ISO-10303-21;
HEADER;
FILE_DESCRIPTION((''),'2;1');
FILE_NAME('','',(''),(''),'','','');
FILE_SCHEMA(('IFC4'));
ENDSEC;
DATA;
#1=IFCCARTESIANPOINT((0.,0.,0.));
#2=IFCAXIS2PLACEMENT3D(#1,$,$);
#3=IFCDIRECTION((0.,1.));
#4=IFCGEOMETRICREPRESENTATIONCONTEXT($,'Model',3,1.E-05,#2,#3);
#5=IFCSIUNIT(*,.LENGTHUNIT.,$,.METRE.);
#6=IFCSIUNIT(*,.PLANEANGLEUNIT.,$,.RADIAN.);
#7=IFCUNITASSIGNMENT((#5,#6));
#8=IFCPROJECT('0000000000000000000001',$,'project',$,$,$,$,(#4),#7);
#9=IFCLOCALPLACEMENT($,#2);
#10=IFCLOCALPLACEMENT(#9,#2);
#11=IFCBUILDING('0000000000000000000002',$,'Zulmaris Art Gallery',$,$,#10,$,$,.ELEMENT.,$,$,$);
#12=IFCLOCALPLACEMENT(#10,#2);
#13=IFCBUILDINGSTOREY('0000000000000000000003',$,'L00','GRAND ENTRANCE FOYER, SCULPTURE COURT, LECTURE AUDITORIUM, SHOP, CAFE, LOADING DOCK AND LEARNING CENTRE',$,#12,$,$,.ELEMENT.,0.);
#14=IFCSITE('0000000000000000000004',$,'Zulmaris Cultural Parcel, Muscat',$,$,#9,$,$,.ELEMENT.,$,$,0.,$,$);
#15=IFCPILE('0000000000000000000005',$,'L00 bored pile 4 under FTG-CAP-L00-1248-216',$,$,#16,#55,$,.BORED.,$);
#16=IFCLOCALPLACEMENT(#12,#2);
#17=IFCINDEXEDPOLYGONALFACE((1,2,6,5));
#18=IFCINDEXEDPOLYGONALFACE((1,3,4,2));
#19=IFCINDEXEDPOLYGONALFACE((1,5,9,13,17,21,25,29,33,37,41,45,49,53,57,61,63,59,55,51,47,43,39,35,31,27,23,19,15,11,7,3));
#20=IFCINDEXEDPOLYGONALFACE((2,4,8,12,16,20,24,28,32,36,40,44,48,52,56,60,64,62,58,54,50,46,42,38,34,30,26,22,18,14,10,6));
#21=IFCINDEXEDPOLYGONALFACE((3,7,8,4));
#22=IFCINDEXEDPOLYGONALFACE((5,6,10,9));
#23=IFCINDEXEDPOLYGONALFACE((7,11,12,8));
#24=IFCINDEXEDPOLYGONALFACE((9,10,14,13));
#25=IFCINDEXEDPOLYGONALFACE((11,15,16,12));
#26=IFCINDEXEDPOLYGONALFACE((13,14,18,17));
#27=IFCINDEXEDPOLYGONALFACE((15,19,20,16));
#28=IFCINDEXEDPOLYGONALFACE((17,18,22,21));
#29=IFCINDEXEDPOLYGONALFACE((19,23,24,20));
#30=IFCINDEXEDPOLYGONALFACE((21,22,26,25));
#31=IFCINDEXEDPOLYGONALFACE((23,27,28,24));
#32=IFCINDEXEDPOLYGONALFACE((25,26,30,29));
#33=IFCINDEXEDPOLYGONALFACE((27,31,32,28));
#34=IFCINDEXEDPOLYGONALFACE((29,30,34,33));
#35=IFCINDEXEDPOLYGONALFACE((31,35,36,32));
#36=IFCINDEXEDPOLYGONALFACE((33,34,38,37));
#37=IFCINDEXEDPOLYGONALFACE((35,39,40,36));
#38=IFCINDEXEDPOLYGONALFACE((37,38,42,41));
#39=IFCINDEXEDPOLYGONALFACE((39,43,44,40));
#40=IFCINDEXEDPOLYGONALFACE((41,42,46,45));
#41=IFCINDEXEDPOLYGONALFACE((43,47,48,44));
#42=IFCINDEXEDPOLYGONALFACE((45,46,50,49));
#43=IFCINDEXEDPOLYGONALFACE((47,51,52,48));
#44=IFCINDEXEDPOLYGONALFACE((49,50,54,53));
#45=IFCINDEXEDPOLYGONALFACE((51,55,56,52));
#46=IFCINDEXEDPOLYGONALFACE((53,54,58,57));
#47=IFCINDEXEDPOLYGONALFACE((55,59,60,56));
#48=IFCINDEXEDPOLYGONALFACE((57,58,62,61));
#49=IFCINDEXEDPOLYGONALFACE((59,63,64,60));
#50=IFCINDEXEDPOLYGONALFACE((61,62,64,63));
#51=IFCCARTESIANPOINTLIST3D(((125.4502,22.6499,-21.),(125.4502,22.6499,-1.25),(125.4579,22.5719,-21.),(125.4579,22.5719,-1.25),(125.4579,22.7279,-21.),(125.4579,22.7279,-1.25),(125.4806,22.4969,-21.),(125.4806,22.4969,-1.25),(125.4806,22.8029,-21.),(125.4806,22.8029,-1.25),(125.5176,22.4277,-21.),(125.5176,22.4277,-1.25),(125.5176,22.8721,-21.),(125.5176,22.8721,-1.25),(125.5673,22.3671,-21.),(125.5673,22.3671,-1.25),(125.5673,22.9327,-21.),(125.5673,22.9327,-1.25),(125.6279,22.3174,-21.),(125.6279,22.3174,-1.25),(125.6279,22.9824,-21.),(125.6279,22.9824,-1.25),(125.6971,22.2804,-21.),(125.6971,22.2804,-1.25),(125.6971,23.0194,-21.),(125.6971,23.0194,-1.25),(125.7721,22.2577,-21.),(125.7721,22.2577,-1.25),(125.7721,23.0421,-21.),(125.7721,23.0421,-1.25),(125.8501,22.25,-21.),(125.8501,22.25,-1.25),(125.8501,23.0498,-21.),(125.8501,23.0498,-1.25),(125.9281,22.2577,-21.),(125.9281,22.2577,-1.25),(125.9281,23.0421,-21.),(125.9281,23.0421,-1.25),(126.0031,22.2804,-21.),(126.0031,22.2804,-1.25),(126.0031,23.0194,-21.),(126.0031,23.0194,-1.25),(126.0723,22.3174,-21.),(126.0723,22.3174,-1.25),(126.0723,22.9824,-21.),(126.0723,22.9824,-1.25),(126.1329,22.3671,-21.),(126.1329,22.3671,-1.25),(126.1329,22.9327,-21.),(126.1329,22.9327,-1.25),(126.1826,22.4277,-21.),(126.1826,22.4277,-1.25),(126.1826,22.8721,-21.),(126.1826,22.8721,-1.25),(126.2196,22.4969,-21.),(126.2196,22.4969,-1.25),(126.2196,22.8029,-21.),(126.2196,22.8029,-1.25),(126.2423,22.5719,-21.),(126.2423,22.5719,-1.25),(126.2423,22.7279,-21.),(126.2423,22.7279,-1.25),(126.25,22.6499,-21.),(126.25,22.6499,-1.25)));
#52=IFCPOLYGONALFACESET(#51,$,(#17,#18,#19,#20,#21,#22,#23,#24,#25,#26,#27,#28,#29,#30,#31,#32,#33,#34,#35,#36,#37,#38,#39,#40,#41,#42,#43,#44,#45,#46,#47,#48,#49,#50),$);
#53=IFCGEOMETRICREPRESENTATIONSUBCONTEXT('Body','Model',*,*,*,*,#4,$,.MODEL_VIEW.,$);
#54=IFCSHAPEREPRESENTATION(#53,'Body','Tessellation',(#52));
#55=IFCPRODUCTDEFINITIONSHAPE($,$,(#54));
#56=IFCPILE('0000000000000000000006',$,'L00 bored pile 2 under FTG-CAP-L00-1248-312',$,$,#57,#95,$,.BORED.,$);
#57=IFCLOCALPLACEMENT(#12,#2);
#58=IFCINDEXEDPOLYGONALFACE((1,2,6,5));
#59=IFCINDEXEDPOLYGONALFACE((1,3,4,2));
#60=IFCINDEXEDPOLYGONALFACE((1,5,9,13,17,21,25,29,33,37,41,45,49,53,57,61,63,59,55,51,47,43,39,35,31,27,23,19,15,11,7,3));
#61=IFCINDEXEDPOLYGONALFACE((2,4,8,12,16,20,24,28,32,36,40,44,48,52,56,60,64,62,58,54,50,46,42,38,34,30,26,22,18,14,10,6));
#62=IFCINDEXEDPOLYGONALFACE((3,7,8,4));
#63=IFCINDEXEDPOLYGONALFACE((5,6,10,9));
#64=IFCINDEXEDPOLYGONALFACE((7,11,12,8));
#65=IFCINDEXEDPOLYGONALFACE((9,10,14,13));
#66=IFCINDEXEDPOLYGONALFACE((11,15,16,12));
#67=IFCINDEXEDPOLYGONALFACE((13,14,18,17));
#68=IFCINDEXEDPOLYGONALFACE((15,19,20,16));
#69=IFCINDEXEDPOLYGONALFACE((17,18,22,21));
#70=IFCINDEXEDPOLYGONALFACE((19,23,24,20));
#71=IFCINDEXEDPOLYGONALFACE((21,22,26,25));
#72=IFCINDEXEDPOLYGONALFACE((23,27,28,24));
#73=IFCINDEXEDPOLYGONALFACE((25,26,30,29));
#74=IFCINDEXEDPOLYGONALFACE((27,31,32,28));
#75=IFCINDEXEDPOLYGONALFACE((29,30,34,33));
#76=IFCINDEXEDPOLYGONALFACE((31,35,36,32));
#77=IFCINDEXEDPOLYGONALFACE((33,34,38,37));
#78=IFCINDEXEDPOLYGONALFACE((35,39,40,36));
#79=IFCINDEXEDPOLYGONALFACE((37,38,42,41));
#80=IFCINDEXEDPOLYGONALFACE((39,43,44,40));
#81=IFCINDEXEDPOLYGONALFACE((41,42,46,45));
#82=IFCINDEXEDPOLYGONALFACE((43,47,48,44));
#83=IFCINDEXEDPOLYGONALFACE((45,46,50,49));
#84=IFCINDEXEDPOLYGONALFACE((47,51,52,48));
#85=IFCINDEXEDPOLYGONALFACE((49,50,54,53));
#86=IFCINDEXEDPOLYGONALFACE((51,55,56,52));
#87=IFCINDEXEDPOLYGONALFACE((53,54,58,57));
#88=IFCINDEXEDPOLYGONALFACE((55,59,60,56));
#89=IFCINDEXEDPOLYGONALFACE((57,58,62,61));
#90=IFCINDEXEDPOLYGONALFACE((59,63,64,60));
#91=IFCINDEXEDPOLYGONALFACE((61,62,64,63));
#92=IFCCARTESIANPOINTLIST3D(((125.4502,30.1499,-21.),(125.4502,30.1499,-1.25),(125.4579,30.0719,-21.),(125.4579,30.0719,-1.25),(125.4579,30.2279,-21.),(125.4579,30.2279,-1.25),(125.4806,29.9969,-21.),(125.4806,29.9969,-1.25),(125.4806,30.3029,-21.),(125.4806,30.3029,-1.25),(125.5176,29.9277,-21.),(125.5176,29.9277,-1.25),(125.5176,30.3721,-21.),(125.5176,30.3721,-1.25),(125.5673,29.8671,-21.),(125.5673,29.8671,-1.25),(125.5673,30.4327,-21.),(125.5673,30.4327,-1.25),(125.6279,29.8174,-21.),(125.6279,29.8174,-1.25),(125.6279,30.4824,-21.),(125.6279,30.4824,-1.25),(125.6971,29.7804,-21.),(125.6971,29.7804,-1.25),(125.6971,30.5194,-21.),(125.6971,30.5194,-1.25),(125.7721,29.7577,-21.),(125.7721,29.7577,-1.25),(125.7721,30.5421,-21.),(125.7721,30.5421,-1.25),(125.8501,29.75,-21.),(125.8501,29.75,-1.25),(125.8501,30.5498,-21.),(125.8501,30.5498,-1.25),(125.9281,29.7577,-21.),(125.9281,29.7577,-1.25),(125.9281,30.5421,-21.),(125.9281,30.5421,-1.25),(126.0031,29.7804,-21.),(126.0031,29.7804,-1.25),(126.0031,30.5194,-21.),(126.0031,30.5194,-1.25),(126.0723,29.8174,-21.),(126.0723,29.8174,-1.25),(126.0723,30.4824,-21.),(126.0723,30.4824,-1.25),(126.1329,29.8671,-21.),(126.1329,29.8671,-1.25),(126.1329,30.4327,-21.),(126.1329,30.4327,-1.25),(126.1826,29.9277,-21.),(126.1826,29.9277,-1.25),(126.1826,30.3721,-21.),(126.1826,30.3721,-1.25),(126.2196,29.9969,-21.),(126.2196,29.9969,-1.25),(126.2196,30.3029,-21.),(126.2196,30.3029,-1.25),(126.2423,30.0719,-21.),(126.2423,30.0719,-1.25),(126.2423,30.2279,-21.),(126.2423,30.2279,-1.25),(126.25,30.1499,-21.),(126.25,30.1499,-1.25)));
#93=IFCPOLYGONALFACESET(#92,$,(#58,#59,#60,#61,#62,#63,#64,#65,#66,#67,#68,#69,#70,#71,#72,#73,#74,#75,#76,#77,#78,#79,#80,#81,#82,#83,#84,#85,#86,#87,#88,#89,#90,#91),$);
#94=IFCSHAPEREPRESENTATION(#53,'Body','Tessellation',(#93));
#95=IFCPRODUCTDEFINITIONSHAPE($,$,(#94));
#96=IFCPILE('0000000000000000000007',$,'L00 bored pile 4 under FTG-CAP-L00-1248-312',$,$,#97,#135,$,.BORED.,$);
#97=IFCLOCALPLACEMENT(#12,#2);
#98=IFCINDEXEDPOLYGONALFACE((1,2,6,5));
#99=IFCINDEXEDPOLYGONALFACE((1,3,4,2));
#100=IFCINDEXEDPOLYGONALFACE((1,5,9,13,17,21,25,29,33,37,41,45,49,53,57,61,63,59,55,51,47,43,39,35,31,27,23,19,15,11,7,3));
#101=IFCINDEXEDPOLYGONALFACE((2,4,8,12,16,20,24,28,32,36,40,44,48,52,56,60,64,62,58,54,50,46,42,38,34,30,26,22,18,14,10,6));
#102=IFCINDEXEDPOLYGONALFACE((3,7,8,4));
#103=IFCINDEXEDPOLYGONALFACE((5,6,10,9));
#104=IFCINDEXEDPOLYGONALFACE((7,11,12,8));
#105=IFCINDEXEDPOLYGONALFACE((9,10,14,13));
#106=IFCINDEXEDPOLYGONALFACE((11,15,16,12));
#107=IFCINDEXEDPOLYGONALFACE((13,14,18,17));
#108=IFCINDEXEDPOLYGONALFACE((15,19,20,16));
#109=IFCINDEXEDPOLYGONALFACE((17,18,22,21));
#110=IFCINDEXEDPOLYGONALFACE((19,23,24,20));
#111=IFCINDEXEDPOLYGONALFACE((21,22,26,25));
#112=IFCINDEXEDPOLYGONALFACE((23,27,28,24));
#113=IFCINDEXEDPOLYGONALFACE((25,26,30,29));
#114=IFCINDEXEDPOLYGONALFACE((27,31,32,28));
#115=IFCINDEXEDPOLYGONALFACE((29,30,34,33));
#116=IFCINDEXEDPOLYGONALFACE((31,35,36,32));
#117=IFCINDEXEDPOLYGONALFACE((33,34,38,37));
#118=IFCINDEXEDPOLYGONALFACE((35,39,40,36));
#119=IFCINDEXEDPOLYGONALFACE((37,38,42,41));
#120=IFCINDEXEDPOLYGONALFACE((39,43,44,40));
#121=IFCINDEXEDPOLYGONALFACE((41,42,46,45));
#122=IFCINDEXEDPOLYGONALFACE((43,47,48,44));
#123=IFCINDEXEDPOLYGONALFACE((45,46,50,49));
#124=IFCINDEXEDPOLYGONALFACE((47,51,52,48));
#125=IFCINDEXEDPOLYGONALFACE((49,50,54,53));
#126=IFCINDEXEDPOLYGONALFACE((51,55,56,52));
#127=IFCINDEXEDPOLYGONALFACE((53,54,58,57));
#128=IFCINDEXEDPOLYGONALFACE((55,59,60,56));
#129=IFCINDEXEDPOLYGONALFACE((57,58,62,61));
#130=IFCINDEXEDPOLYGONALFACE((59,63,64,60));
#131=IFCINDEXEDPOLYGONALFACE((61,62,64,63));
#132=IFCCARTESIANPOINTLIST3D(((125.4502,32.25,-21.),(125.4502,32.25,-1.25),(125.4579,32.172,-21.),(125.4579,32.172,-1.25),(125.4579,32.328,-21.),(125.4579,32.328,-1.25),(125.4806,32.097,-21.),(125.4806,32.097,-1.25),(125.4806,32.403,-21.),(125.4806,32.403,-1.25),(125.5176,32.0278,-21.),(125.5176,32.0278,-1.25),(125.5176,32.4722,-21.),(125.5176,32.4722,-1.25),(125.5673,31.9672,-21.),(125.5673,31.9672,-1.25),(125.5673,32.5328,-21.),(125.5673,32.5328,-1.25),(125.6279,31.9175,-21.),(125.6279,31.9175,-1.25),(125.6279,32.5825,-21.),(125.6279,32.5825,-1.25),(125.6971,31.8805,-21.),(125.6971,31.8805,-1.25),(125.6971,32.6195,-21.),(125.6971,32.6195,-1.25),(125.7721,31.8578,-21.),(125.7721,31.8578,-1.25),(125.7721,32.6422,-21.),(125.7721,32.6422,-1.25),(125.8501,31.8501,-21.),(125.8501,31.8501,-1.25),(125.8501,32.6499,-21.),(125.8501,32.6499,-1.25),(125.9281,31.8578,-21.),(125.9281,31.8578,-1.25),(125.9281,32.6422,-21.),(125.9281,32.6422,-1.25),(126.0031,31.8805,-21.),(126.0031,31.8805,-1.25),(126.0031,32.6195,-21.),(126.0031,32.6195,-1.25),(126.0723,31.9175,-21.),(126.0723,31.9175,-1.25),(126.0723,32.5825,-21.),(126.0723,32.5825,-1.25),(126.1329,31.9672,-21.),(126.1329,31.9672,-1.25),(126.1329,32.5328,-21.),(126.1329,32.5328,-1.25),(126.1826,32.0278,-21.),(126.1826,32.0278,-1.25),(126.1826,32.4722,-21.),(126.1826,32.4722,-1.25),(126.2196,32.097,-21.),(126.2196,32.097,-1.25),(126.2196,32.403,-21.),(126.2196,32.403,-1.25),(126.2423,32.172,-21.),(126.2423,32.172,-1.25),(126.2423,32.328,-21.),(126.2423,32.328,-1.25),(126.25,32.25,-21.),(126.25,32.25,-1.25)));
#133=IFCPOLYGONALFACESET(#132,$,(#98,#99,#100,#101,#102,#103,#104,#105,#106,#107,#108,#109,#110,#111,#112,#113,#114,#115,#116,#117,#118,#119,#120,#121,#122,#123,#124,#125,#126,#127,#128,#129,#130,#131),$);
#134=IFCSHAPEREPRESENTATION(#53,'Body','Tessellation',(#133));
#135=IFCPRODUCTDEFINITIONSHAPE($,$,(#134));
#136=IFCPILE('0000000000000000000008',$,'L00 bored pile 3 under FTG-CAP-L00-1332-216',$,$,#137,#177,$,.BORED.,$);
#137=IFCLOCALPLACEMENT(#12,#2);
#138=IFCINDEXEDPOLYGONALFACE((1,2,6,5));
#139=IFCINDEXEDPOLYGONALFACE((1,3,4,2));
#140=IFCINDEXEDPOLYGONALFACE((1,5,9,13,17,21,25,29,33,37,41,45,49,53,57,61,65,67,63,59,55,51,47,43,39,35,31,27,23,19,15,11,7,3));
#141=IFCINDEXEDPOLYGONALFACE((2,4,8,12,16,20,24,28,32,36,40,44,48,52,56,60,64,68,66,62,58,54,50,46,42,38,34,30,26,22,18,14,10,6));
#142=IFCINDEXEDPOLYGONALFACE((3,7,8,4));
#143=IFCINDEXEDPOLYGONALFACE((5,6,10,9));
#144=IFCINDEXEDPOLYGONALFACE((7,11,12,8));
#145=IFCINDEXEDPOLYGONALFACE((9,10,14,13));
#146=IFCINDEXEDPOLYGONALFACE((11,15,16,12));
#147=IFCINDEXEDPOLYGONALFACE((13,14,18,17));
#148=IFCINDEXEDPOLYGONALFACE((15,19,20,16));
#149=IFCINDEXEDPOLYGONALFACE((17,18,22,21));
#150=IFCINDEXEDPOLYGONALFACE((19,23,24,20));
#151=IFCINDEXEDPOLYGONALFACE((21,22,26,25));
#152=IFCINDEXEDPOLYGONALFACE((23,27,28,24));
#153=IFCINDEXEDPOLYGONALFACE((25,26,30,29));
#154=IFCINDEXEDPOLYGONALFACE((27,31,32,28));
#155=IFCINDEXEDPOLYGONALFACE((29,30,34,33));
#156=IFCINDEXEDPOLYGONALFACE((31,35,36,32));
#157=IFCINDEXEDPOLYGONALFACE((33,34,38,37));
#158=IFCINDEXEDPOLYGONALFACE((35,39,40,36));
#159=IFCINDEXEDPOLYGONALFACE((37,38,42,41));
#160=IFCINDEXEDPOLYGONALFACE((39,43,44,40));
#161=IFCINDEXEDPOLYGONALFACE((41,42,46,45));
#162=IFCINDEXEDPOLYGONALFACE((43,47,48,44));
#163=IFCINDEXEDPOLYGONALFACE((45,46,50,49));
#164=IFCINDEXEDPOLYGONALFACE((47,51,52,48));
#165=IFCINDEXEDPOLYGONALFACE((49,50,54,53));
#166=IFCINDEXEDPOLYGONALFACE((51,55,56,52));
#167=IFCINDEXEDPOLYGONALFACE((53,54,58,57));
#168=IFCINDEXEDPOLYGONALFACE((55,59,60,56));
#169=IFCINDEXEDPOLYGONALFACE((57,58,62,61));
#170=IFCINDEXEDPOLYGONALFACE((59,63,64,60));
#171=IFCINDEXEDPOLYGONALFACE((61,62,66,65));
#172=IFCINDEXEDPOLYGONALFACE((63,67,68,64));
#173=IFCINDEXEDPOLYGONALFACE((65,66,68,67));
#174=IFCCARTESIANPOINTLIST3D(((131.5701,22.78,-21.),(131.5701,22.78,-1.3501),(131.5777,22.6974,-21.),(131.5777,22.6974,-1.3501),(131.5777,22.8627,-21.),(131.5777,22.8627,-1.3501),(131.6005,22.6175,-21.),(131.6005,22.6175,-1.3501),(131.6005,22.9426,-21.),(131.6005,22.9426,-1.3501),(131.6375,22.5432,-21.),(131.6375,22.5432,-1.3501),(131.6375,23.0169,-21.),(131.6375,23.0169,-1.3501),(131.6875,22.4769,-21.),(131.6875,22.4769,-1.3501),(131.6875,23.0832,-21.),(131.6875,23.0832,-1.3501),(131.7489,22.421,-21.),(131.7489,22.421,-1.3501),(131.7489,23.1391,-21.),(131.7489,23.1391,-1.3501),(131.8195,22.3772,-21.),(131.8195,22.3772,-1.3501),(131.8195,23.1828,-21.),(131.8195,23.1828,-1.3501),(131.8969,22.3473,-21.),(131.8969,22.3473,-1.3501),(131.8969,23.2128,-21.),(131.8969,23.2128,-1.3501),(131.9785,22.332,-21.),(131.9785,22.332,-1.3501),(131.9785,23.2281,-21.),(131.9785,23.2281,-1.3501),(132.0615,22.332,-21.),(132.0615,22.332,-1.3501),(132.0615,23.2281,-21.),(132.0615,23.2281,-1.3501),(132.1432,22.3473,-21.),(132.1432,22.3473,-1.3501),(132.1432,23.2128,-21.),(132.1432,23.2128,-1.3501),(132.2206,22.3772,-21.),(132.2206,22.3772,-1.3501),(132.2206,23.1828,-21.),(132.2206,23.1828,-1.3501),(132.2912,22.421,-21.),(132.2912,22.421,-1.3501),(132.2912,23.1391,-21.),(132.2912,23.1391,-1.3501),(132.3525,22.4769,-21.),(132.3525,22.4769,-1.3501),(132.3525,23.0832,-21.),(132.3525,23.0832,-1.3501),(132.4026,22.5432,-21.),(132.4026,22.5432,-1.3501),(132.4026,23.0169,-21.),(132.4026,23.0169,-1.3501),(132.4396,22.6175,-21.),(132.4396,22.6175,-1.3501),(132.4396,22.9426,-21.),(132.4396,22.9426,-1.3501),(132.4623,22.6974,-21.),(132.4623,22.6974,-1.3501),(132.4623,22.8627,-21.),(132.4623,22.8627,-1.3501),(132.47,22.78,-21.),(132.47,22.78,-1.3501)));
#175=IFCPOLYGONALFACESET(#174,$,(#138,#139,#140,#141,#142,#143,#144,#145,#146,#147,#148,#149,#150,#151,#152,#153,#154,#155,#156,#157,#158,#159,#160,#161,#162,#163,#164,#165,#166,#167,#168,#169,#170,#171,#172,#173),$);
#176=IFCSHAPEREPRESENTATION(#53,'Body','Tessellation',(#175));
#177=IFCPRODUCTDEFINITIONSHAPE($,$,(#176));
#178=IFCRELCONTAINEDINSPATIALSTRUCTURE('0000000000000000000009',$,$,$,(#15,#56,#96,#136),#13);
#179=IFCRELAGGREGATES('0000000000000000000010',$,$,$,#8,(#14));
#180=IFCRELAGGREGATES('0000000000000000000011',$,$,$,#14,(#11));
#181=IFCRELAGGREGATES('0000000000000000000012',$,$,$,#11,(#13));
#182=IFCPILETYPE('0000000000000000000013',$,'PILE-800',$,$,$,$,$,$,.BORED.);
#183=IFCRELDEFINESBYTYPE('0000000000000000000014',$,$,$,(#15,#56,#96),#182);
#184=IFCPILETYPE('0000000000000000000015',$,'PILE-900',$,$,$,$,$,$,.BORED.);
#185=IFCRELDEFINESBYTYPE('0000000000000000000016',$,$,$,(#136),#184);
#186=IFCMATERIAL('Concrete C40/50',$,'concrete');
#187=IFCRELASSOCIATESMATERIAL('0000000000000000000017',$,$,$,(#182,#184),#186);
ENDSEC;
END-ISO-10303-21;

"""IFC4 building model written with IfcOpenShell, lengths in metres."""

from ifc_helpers import new_model, si_unit, direction, frame, origin, origin_2d, place, context, subcontext, project, spatial, circle, extrude, material, material_profile, profile_set, type_object, element, save


model = new_model("IFC4")

# Units and contexts
model_context = context("Model", 3, precision=1e-05, world=origin(), true_north=direction((0.0, 1.0)))
body_context = subcontext(model_context, "Body", "Model", "MODEL_VIEW")
ifc_project = project(units=[si_unit("LENGTHUNIT", "METRE"), si_unit("PLANEANGLEUNIT", "RADIAN")], contexts=[model_context])

# Site, building, storey
site_placement = place(None, origin())
site = spatial("IfcSite", under=ifc_project, at=site_placement, Name="Zulmaris Cultural Parcel, Muscat", CompositionType="ELEMENT", RefElevation=0.0)
building_placement = place(site_placement, origin())
building = spatial("IfcBuilding", under=site, at=building_placement, Name="Zulmaris Art Gallery", CompositionType="ELEMENT")
storey_placement = place(building_placement, origin())
storey = spatial("IfcBuildingStorey", under=building, at=storey_placement, Name="L00", Description="GRAND ENTRANCE FOYER, SCULPTURE COURT, LECTURE AUDITORIUM, SHOP, CAFE, LOADING DOCK AND LEARNING CENTRE", CompositionType="ELEMENT", Elevation=0.0)

# Piles
ifc_material_1 = material(Name="Concrete C40/50", Category="concrete")
ifc_material_profile_1 = material_profile(ifc_material_1, circle(Radius=0.3999, at=origin_2d()), Name="PILE DIA 800")
ifc_profile_set_1 = profile_set([ifc_material_profile_1], Name="Concrete C40/50")
pile_type_1 = type_object("IfcPileType", Name="PILE-800", PredefinedType="BORED", material=ifc_profile_set_1)
for number, where, z_axis, x_axis, name in (
    (1, (125.8501, 22.6499, -1.25), (0.0, 0.0, -1.0), (1.0, 0.0, 0.0), "L00 bored pile 4 under FTG-CAP-L00-1248-216"),
    (2, (125.8501, 30.1499, -1.25), (0.0, 0.0, -1.0), (1.0, 0.0, 0.0), "L00 bored pile 2 under FTG-CAP-L00-1248-312"),
    (3, (125.8501, 32.25, -1.25), (0.0, 0.0, -1.0), (1.0, 0.0, 0.0), "L00 bored pile 4 under FTG-CAP-L00-1248-312"),
):
    element("IfcPile", number, at=place(storey_placement, frame(where, z_axis=z_axis, x_axis=x_axis)), inside=storey, type_object=pile_type_1, Name=name, PredefinedType="BORED", context=body_context, shape_type="SweptSolid", body=[
        extrude(circle(Radius=0.3999, at=origin_2d()), origin(), (0.0, 0.0, 1.0), 19.75),
    ])
ifc_material_profile_2 = material_profile(ifc_material_1, circle(Radius=0.45, at=origin_2d()), Name="PILE DIA 900")
ifc_profile_set_2 = profile_set([ifc_material_profile_2], Name="Concrete C40/50")
pile_type_2 = type_object("IfcPileType", Name="PILE-900", PredefinedType="BORED", material=ifc_profile_set_2)
for number, where, z_axis, x_axis, name in (
    (4, (132.02, 22.78, -1.3501), (0.0, 0.0, -1.0), (1.0, 0.0, 0.0), "L00 bored pile 3 under FTG-CAP-L00-1332-216"),
):
    element("IfcPile", number, at=place(storey_placement, frame(where, z_axis=z_axis, x_axis=x_axis)), inside=storey, type_object=pile_type_2, Name=name, PredefinedType="BORED", context=body_context, shape_type="SweptSolid", body=[
        extrude(circle(Radius=0.45, at=origin_2d()), origin(), (0.0, 0.0, 1.0), 19.6499),
    ])

save(model, "model.ifc")
